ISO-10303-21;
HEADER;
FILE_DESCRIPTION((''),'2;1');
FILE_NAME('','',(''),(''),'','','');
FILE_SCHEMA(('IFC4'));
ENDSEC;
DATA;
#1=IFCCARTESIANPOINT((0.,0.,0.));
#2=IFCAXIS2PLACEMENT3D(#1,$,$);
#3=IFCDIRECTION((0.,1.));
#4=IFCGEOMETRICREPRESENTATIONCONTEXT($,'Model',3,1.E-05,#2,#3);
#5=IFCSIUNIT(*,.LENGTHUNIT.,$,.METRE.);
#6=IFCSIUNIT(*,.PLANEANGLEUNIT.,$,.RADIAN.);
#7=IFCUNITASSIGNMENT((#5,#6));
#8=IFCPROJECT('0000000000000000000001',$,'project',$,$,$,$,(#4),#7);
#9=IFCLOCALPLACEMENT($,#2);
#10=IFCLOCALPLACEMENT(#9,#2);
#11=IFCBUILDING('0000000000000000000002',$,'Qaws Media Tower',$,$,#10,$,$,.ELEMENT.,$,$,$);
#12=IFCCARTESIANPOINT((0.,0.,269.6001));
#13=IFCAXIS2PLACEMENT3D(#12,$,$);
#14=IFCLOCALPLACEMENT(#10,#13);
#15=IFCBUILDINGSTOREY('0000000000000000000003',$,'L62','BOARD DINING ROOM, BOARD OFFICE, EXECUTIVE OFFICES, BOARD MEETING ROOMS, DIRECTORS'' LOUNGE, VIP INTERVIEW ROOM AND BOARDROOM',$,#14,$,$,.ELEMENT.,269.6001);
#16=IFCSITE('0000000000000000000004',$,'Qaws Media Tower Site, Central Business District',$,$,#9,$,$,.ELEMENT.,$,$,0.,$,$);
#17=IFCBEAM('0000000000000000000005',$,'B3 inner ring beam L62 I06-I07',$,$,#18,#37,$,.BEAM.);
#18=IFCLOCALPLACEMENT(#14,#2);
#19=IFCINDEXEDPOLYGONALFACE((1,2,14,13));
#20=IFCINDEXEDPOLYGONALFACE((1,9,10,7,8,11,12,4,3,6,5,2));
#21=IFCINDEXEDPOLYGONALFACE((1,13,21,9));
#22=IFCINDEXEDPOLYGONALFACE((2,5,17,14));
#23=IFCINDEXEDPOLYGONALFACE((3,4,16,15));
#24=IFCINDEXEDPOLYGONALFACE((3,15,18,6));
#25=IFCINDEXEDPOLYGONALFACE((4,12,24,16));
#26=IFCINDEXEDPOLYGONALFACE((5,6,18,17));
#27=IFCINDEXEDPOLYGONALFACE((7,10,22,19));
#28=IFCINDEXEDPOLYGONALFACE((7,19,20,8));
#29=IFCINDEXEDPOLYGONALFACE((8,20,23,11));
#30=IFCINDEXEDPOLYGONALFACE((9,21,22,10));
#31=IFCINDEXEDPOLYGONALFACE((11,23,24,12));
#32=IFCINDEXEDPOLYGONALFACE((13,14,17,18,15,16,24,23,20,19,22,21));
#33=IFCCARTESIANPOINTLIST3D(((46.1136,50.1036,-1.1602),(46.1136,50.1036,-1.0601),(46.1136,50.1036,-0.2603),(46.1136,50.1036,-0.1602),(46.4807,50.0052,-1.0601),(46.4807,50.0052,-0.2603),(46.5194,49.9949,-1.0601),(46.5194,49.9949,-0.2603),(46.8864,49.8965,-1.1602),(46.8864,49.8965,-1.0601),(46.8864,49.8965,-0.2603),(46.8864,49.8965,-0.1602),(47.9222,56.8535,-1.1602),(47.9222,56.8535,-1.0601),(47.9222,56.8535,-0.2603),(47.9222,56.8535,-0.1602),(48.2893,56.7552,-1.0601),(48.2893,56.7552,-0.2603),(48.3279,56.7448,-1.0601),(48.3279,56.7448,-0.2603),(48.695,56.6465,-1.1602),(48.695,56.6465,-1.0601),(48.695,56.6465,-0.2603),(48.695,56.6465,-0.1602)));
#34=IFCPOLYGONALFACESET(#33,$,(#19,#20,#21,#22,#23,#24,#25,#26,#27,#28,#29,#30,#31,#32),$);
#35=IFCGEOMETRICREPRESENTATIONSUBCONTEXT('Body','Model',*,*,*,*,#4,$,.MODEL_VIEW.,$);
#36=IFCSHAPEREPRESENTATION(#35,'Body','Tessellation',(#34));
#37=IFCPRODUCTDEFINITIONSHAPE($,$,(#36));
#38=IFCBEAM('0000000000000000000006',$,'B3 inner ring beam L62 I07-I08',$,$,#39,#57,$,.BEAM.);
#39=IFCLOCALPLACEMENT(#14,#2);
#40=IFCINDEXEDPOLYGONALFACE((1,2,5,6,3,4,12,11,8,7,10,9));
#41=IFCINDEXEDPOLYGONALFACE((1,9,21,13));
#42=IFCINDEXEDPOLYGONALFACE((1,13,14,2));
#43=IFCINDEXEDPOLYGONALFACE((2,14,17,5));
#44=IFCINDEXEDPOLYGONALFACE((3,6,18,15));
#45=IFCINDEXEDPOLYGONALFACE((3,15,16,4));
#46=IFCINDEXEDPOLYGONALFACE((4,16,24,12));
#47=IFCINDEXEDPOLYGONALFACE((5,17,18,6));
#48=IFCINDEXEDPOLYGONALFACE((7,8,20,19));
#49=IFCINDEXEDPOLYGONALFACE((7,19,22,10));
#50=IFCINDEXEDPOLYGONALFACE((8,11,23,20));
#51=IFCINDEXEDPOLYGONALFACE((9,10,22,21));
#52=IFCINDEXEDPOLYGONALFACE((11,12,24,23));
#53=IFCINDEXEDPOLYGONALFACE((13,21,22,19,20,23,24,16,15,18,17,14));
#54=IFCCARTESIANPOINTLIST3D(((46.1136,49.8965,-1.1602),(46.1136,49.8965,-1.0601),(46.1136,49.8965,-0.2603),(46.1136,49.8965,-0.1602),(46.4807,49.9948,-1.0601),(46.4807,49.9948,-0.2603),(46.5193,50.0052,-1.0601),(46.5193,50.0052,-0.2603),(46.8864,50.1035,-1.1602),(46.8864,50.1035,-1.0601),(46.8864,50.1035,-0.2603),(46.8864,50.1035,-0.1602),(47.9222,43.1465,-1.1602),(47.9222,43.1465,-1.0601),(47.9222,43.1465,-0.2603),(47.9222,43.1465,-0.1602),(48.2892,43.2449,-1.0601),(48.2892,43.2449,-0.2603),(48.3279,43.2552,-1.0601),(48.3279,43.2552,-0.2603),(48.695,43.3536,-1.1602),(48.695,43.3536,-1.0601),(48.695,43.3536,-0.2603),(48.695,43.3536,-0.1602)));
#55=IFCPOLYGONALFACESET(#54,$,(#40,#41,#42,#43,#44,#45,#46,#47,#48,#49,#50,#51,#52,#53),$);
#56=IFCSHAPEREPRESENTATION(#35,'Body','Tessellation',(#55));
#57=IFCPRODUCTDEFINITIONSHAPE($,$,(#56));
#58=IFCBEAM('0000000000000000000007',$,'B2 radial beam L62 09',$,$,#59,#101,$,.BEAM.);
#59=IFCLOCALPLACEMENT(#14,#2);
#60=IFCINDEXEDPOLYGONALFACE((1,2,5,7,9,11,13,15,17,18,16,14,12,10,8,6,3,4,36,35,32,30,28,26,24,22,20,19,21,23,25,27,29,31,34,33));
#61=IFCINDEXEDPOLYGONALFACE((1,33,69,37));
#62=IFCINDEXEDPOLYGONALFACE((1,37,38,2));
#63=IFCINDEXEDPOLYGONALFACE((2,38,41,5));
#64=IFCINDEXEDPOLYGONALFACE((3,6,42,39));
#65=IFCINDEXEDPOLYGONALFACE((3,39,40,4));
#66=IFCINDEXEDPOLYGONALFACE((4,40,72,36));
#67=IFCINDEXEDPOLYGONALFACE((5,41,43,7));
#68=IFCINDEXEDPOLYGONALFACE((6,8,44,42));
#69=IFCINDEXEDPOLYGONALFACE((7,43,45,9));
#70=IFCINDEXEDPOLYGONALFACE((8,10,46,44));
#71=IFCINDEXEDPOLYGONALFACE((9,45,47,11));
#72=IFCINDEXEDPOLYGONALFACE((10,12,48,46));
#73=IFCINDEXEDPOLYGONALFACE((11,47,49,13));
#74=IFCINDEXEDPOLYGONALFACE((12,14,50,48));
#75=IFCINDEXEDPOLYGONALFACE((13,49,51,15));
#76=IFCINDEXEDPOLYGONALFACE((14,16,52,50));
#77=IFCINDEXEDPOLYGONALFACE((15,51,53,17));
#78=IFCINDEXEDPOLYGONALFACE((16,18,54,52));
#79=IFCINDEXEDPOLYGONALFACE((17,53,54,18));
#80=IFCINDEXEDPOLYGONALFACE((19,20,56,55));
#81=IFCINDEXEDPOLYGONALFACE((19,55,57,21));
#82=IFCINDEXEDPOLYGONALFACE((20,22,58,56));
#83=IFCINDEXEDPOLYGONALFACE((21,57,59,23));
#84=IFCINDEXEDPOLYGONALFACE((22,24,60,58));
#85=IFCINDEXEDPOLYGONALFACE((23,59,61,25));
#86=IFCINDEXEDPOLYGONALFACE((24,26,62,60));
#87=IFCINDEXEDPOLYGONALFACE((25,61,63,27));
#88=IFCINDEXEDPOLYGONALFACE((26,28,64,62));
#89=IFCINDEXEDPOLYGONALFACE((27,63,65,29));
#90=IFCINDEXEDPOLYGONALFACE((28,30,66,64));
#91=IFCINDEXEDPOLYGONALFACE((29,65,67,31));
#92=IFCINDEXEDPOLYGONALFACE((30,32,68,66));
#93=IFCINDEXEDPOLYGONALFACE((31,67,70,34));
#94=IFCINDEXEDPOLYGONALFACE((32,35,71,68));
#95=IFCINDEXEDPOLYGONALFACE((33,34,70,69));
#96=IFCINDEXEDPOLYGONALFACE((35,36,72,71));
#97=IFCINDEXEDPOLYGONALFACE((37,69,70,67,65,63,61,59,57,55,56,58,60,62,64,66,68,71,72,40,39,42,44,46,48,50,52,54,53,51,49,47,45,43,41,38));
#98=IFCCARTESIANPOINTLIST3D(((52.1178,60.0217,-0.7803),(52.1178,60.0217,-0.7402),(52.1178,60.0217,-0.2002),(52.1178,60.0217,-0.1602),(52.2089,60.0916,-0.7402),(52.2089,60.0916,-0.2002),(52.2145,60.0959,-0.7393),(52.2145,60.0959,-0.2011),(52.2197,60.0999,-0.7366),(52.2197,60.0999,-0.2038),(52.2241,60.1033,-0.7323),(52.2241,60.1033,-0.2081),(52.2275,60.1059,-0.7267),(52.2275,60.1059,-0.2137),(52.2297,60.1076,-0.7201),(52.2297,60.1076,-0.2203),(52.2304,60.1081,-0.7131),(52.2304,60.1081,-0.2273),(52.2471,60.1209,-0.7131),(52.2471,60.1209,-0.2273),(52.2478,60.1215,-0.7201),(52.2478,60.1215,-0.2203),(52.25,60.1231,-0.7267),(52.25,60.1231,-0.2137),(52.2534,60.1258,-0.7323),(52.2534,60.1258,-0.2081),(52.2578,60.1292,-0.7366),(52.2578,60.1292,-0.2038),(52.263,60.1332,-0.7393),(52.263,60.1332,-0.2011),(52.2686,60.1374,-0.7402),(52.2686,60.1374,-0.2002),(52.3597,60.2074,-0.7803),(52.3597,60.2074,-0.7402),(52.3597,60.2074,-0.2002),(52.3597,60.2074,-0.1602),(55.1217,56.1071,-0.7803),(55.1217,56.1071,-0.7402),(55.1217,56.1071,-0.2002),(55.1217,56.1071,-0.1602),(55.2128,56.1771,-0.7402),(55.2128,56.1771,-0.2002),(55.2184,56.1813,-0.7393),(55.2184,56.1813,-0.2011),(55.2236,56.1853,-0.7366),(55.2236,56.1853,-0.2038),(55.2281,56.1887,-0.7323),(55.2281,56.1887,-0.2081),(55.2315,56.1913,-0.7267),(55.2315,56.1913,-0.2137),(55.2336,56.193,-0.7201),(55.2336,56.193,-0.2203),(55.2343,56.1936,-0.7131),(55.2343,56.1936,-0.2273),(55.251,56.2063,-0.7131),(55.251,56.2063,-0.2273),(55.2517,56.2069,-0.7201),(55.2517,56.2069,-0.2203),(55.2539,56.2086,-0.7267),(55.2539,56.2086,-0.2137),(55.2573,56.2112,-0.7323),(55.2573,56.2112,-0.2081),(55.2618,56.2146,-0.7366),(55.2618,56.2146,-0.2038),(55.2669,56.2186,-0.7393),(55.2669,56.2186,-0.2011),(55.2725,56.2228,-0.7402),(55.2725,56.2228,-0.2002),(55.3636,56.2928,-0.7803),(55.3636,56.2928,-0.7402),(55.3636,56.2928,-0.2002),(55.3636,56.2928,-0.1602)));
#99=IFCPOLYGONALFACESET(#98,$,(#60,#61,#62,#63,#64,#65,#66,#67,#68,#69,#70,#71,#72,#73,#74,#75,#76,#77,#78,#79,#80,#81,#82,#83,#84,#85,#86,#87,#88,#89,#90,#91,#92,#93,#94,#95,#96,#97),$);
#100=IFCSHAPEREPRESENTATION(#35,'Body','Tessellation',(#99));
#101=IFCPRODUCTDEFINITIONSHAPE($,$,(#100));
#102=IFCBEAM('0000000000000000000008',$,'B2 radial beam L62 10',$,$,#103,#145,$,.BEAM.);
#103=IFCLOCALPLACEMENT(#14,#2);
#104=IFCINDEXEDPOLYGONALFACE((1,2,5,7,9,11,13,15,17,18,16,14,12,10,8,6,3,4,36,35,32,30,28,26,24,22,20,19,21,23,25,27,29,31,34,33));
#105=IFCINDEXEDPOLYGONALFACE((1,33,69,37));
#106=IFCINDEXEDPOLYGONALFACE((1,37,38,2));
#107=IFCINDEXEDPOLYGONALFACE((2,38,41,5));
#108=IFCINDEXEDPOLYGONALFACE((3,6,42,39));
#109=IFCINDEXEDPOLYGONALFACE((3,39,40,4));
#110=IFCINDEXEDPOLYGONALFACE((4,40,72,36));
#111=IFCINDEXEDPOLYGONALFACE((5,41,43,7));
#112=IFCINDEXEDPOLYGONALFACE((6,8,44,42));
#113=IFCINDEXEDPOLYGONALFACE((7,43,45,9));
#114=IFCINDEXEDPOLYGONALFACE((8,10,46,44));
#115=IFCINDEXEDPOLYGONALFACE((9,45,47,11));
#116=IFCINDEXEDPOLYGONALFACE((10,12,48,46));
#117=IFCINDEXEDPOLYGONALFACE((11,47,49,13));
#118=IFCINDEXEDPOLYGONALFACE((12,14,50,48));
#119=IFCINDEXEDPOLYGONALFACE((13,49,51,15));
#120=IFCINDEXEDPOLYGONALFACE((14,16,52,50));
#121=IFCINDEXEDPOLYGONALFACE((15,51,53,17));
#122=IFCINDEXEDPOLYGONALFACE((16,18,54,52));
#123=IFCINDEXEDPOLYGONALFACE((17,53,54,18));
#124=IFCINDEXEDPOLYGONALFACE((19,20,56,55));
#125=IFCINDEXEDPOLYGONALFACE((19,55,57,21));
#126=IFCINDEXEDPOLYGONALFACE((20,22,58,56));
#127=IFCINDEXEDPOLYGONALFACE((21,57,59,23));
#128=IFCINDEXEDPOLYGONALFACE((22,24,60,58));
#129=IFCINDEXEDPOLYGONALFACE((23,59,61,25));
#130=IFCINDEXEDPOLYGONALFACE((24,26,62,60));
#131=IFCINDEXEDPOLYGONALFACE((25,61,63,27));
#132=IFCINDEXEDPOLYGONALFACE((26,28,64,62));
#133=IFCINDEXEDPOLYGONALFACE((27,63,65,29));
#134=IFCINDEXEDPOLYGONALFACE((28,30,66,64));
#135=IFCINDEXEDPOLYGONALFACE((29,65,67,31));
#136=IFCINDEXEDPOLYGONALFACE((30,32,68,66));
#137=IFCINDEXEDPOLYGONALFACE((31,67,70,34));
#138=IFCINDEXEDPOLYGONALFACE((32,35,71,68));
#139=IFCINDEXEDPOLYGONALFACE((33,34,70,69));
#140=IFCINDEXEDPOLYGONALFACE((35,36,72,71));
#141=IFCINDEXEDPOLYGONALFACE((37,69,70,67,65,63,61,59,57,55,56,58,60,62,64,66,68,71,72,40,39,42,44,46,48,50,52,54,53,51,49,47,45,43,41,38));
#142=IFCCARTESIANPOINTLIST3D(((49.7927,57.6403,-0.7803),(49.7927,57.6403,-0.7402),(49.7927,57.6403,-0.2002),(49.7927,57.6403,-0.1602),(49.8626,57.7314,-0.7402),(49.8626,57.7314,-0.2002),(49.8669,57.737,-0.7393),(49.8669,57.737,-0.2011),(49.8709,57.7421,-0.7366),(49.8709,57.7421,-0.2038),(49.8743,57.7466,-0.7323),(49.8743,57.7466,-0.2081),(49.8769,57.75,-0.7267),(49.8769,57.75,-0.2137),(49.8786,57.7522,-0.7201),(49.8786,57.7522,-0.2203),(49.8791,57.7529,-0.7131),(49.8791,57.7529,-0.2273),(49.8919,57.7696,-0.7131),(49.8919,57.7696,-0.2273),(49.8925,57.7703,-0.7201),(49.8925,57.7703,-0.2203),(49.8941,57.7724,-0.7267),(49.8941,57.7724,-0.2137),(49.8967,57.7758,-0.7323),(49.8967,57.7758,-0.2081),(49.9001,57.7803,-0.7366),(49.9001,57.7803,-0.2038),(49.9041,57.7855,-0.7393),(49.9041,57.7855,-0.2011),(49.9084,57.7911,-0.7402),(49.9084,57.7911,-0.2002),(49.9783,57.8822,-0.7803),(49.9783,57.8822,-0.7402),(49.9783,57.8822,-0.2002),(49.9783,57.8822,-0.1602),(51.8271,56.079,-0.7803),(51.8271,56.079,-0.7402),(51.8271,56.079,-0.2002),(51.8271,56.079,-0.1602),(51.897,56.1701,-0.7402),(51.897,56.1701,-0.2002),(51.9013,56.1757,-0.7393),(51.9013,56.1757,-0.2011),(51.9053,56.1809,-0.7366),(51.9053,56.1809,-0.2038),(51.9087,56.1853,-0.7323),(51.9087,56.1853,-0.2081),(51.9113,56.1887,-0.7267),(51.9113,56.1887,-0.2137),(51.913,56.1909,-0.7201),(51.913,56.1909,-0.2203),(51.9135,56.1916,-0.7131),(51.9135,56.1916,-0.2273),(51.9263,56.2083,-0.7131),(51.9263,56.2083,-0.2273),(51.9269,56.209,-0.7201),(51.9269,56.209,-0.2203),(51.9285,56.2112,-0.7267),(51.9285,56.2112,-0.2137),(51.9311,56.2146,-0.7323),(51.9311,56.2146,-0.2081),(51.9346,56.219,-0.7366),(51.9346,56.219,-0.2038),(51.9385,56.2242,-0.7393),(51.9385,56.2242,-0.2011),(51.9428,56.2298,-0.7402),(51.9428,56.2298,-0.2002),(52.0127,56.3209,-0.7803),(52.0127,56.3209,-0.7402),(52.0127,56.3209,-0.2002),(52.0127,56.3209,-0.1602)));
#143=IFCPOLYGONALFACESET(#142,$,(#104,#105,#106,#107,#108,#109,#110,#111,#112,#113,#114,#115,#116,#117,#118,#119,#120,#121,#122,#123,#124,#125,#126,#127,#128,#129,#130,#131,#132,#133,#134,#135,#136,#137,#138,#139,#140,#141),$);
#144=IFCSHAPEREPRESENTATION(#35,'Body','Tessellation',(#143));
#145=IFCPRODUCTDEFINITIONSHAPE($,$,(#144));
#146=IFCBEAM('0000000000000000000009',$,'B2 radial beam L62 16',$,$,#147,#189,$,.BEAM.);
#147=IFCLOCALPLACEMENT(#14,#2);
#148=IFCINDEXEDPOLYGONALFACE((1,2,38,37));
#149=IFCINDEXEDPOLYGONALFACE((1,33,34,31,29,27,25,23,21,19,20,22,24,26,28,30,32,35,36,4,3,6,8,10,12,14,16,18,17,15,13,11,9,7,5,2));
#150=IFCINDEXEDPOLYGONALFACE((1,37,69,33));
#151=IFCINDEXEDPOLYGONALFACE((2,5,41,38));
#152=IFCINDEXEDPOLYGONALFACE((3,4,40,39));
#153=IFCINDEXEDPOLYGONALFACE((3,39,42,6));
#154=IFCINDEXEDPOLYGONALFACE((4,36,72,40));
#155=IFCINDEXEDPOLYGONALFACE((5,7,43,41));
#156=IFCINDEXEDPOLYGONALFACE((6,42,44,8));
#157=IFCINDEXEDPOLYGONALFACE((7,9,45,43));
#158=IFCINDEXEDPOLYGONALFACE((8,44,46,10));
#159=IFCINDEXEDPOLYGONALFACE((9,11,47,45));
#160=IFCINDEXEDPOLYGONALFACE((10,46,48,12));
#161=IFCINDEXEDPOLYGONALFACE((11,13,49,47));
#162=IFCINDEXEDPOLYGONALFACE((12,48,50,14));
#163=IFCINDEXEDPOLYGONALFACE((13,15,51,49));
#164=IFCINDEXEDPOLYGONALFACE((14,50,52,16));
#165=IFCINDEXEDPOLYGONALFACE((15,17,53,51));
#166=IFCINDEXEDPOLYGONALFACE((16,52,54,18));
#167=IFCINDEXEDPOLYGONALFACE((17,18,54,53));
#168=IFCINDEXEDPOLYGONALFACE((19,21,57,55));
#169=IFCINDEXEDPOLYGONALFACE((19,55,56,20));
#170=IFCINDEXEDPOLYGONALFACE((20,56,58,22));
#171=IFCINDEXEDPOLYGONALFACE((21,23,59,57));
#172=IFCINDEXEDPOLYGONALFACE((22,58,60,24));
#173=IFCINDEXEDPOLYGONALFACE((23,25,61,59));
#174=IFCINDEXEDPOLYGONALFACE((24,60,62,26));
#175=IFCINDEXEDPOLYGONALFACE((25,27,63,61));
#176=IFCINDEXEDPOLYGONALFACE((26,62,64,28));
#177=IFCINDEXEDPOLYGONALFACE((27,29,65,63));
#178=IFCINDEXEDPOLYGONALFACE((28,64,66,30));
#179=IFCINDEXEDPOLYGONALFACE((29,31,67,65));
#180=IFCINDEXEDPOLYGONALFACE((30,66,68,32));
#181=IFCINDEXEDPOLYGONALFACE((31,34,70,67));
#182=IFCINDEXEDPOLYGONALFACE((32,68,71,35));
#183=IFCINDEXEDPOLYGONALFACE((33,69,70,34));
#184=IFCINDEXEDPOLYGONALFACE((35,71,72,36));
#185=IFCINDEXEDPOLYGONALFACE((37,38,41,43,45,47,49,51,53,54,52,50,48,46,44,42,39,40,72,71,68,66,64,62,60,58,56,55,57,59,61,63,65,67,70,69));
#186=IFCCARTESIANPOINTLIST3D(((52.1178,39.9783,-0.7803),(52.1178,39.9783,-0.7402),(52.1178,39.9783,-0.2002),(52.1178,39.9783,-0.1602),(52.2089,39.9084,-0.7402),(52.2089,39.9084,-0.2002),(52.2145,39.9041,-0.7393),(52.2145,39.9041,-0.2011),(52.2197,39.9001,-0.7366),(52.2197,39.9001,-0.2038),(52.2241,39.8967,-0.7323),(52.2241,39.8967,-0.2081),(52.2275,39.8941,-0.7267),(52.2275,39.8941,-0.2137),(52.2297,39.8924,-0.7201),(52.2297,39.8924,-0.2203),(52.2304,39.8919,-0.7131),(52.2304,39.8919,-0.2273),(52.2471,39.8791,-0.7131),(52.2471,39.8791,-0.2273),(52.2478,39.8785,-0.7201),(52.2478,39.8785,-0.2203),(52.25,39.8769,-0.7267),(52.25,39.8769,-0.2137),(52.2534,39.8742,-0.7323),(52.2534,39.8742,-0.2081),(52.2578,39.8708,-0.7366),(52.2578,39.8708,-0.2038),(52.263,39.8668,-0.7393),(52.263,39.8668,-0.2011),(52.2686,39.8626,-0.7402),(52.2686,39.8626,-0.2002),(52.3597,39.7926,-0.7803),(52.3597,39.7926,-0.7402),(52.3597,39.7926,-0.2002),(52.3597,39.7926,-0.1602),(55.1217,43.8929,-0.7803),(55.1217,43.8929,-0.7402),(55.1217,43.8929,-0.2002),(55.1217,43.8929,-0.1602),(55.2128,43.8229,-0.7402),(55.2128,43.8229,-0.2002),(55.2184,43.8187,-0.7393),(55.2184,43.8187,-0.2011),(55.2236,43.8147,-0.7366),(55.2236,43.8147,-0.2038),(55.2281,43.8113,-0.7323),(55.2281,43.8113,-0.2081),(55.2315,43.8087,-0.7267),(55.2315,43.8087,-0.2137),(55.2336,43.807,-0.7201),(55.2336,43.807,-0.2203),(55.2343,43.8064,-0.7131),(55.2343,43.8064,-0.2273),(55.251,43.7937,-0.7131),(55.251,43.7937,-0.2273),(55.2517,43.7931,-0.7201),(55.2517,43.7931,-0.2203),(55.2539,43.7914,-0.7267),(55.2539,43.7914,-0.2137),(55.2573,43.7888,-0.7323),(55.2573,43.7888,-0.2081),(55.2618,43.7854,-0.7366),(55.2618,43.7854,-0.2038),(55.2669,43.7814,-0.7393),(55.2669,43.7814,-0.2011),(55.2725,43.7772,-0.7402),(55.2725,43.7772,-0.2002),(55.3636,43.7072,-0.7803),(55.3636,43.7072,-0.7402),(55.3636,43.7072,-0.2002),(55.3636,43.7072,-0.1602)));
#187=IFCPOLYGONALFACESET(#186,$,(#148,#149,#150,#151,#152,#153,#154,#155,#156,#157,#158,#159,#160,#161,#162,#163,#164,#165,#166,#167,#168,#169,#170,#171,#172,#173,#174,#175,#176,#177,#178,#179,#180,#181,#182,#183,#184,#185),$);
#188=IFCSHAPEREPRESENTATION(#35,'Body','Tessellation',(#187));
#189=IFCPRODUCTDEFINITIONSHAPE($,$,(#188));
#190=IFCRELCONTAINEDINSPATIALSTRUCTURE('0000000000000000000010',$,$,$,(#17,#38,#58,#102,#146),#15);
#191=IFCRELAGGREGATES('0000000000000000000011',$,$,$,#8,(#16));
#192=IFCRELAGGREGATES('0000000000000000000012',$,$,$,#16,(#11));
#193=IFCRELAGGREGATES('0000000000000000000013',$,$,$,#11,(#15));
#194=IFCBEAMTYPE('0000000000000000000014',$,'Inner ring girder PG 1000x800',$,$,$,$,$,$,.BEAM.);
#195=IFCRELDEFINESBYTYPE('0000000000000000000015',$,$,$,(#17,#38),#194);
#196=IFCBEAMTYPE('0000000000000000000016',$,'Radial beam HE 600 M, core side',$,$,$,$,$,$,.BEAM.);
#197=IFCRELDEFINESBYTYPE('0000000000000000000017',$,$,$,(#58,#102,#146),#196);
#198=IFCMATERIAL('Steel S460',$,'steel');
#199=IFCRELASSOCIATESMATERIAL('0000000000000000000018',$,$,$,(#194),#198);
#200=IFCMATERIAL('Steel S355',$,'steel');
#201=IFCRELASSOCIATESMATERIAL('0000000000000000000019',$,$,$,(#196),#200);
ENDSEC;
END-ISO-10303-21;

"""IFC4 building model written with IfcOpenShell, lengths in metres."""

from ifc_helpers import new_model, si_unit, direction, frame, origin, origin_2d, place, context, subcontext, project, spatial, i_section, extrude, material, material_profile, profile_set, type_object, element, save


model = new_model("IFC4")

# Units and contexts
model_context = context("Model", 3, precision=1e-05, world=origin(), true_north=direction((0.0, 1.0)))
body_context = subcontext(model_context, "Body", "Model", "MODEL_VIEW")
ifc_project = project(units=[si_unit("LENGTHUNIT", "METRE"), si_unit("PLANEANGLEUNIT", "RADIAN")], contexts=[model_context])

# Site, building, storey
site_placement = place(None, origin())
site = spatial("IfcSite", under=ifc_project, at=site_placement, Name="Qaws Media Tower Site, Central Business District", CompositionType="ELEMENT", RefElevation=0.0)
building_placement = place(site_placement, origin())
building = spatial("IfcBuilding", under=site, at=building_placement, Name="Qaws Media Tower", CompositionType="ELEMENT")
storey_placement = place(building_placement, frame((0.0, 0.0, 269.6001)))
storey = spatial("IfcBuildingStorey", under=building, at=storey_placement, Name="L62", Description="BOARD DINING ROOM, BOARD OFFICE, EXECUTIVE OFFICES, BOARD MEETING ROOMS, DIRECTORS' LOUNGE, VIP INTERVIEW ROOM AND BOARDROOM", CompositionType="ELEMENT", Elevation=269.6001)

# Beams
ifc_material_1 = material(Name="Steel S460", Category="steel")
ifc_material_profile_1 = material_profile(ifc_material_1, i_section(OverallWidth=0.8, OverallDepth=1.0, WebThickness=0.04, FlangeThickness=0.1001, at=origin_2d()), Name="PG 1000x800")
ifc_profile_set_1 = profile_set([ifc_material_profile_1], Name="Steel S460")
beam_type_1 = type_object("IfcBeamType", Name="Inner ring girder PG 1000x800", PredefinedType="BEAM", material=ifc_profile_set_1)
for number, where, z_axis, x_axis, name in (
    (1, (48.3086, 56.75, -0.6602), (-0.258811, -0.965928, 0.0), (0.965928, -0.258811, 0.0), "B3 inner ring beam L62 I06-I07"),
    (2, (46.5, 50.0, -0.6602), (0.258811, -0.965928, 0.0), (0.965928, 0.258811, 0.0), "B3 inner ring beam L62 I07-I08"),
):
    element("IfcBeam", number, at=place(storey_placement, frame(where, z_axis=z_axis, x_axis=x_axis)), inside=storey, type_object=beam_type_1, Name=name, PredefinedType="BEAM", context=body_context, shape_type="SweptSolid", body=[
        extrude(i_section(OverallWidth=0.8, OverallDepth=1.0, WebThickness=0.04, FlangeThickness=0.1001, at=origin_2d()), origin(), (0.0, 0.0, 1.0), 6.988),
    ])
ifc_material_2 = material(Name="Steel S355", Category="steel")
ifc_material_profile_2 = material_profile(ifc_material_2, i_section(OverallWidth=0.3049, OverallDepth=0.6201, WebThickness=0.021, FlangeThickness=0.04, FilletRadius=0.0271, at=origin_2d()), Name="HE 600 M")
ifc_profile_set_2 = profile_set([ifc_material_profile_2], Name="Steel S355")
beam_type_2 = type_object("IfcBeamType", Name="Radial beam HE 600 M, core side", PredefinedType="BEAM", material=ifc_profile_set_2)
beam_1_placement = place(storey_placement, frame((55.2427, 56.2, -0.4702), z_axis=(-0.608783, 0.793337, 0.0), x_axis=(-0.793337, -0.608783, 0.0)))
element("IfcBeam", 3, at=beam_1_placement, inside=storey, type_object=beam_type_2, Name="B2 radial beam L62 09", PredefinedType="BEAM", context=body_context, shape_type="SweptSolid", body=[
    extrude(i_section(OverallWidth=0.3049, OverallDepth=0.6201, WebThickness=0.021, FlangeThickness=0.04, FilletRadius=0.0271, at=origin_2d()), origin(), (0.0, 0.0, 1.0), 4.9343),
])
beam_2_placement = place(storey_placement, frame((51.9199, 56.2, -0.4702), z_axis=(-0.793314, 0.608813, 0.0), x_axis=(-0.608813, -0.793314, 0.0)))
element("IfcBeam", 4, at=beam_2_placement, inside=storey, type_object=beam_type_2, Name="B2 radial beam L62 10", PredefinedType="BEAM", context=body_context, shape_type="SweptSolid", body=[
    extrude(i_section(OverallWidth=0.3049, OverallDepth=0.6201, WebThickness=0.021, FlangeThickness=0.04, FilletRadius=0.0271, at=origin_2d()), origin(), (0.0, 0.0, 1.0), 2.5645),
])
beam_3_placement = place(storey_placement, frame((55.2427, 43.8, -0.4702), z_axis=(-0.608783, -0.793337, 0.0), x_axis=(0.793337, -0.608783, 0.0)))
element("IfcBeam", 5, at=beam_3_placement, inside=storey, type_object=beam_type_2, Name="B2 radial beam L62 16", PredefinedType="BEAM", context=body_context, shape_type="SweptSolid", body=[
    extrude(i_section(OverallWidth=0.3049, OverallDepth=0.6201, WebThickness=0.021, FlangeThickness=0.04, FilletRadius=0.0271, at=origin_2d()), origin(), (0.0, 0.0, 1.0), 4.9343),
])

save(model, "model.ifc")
